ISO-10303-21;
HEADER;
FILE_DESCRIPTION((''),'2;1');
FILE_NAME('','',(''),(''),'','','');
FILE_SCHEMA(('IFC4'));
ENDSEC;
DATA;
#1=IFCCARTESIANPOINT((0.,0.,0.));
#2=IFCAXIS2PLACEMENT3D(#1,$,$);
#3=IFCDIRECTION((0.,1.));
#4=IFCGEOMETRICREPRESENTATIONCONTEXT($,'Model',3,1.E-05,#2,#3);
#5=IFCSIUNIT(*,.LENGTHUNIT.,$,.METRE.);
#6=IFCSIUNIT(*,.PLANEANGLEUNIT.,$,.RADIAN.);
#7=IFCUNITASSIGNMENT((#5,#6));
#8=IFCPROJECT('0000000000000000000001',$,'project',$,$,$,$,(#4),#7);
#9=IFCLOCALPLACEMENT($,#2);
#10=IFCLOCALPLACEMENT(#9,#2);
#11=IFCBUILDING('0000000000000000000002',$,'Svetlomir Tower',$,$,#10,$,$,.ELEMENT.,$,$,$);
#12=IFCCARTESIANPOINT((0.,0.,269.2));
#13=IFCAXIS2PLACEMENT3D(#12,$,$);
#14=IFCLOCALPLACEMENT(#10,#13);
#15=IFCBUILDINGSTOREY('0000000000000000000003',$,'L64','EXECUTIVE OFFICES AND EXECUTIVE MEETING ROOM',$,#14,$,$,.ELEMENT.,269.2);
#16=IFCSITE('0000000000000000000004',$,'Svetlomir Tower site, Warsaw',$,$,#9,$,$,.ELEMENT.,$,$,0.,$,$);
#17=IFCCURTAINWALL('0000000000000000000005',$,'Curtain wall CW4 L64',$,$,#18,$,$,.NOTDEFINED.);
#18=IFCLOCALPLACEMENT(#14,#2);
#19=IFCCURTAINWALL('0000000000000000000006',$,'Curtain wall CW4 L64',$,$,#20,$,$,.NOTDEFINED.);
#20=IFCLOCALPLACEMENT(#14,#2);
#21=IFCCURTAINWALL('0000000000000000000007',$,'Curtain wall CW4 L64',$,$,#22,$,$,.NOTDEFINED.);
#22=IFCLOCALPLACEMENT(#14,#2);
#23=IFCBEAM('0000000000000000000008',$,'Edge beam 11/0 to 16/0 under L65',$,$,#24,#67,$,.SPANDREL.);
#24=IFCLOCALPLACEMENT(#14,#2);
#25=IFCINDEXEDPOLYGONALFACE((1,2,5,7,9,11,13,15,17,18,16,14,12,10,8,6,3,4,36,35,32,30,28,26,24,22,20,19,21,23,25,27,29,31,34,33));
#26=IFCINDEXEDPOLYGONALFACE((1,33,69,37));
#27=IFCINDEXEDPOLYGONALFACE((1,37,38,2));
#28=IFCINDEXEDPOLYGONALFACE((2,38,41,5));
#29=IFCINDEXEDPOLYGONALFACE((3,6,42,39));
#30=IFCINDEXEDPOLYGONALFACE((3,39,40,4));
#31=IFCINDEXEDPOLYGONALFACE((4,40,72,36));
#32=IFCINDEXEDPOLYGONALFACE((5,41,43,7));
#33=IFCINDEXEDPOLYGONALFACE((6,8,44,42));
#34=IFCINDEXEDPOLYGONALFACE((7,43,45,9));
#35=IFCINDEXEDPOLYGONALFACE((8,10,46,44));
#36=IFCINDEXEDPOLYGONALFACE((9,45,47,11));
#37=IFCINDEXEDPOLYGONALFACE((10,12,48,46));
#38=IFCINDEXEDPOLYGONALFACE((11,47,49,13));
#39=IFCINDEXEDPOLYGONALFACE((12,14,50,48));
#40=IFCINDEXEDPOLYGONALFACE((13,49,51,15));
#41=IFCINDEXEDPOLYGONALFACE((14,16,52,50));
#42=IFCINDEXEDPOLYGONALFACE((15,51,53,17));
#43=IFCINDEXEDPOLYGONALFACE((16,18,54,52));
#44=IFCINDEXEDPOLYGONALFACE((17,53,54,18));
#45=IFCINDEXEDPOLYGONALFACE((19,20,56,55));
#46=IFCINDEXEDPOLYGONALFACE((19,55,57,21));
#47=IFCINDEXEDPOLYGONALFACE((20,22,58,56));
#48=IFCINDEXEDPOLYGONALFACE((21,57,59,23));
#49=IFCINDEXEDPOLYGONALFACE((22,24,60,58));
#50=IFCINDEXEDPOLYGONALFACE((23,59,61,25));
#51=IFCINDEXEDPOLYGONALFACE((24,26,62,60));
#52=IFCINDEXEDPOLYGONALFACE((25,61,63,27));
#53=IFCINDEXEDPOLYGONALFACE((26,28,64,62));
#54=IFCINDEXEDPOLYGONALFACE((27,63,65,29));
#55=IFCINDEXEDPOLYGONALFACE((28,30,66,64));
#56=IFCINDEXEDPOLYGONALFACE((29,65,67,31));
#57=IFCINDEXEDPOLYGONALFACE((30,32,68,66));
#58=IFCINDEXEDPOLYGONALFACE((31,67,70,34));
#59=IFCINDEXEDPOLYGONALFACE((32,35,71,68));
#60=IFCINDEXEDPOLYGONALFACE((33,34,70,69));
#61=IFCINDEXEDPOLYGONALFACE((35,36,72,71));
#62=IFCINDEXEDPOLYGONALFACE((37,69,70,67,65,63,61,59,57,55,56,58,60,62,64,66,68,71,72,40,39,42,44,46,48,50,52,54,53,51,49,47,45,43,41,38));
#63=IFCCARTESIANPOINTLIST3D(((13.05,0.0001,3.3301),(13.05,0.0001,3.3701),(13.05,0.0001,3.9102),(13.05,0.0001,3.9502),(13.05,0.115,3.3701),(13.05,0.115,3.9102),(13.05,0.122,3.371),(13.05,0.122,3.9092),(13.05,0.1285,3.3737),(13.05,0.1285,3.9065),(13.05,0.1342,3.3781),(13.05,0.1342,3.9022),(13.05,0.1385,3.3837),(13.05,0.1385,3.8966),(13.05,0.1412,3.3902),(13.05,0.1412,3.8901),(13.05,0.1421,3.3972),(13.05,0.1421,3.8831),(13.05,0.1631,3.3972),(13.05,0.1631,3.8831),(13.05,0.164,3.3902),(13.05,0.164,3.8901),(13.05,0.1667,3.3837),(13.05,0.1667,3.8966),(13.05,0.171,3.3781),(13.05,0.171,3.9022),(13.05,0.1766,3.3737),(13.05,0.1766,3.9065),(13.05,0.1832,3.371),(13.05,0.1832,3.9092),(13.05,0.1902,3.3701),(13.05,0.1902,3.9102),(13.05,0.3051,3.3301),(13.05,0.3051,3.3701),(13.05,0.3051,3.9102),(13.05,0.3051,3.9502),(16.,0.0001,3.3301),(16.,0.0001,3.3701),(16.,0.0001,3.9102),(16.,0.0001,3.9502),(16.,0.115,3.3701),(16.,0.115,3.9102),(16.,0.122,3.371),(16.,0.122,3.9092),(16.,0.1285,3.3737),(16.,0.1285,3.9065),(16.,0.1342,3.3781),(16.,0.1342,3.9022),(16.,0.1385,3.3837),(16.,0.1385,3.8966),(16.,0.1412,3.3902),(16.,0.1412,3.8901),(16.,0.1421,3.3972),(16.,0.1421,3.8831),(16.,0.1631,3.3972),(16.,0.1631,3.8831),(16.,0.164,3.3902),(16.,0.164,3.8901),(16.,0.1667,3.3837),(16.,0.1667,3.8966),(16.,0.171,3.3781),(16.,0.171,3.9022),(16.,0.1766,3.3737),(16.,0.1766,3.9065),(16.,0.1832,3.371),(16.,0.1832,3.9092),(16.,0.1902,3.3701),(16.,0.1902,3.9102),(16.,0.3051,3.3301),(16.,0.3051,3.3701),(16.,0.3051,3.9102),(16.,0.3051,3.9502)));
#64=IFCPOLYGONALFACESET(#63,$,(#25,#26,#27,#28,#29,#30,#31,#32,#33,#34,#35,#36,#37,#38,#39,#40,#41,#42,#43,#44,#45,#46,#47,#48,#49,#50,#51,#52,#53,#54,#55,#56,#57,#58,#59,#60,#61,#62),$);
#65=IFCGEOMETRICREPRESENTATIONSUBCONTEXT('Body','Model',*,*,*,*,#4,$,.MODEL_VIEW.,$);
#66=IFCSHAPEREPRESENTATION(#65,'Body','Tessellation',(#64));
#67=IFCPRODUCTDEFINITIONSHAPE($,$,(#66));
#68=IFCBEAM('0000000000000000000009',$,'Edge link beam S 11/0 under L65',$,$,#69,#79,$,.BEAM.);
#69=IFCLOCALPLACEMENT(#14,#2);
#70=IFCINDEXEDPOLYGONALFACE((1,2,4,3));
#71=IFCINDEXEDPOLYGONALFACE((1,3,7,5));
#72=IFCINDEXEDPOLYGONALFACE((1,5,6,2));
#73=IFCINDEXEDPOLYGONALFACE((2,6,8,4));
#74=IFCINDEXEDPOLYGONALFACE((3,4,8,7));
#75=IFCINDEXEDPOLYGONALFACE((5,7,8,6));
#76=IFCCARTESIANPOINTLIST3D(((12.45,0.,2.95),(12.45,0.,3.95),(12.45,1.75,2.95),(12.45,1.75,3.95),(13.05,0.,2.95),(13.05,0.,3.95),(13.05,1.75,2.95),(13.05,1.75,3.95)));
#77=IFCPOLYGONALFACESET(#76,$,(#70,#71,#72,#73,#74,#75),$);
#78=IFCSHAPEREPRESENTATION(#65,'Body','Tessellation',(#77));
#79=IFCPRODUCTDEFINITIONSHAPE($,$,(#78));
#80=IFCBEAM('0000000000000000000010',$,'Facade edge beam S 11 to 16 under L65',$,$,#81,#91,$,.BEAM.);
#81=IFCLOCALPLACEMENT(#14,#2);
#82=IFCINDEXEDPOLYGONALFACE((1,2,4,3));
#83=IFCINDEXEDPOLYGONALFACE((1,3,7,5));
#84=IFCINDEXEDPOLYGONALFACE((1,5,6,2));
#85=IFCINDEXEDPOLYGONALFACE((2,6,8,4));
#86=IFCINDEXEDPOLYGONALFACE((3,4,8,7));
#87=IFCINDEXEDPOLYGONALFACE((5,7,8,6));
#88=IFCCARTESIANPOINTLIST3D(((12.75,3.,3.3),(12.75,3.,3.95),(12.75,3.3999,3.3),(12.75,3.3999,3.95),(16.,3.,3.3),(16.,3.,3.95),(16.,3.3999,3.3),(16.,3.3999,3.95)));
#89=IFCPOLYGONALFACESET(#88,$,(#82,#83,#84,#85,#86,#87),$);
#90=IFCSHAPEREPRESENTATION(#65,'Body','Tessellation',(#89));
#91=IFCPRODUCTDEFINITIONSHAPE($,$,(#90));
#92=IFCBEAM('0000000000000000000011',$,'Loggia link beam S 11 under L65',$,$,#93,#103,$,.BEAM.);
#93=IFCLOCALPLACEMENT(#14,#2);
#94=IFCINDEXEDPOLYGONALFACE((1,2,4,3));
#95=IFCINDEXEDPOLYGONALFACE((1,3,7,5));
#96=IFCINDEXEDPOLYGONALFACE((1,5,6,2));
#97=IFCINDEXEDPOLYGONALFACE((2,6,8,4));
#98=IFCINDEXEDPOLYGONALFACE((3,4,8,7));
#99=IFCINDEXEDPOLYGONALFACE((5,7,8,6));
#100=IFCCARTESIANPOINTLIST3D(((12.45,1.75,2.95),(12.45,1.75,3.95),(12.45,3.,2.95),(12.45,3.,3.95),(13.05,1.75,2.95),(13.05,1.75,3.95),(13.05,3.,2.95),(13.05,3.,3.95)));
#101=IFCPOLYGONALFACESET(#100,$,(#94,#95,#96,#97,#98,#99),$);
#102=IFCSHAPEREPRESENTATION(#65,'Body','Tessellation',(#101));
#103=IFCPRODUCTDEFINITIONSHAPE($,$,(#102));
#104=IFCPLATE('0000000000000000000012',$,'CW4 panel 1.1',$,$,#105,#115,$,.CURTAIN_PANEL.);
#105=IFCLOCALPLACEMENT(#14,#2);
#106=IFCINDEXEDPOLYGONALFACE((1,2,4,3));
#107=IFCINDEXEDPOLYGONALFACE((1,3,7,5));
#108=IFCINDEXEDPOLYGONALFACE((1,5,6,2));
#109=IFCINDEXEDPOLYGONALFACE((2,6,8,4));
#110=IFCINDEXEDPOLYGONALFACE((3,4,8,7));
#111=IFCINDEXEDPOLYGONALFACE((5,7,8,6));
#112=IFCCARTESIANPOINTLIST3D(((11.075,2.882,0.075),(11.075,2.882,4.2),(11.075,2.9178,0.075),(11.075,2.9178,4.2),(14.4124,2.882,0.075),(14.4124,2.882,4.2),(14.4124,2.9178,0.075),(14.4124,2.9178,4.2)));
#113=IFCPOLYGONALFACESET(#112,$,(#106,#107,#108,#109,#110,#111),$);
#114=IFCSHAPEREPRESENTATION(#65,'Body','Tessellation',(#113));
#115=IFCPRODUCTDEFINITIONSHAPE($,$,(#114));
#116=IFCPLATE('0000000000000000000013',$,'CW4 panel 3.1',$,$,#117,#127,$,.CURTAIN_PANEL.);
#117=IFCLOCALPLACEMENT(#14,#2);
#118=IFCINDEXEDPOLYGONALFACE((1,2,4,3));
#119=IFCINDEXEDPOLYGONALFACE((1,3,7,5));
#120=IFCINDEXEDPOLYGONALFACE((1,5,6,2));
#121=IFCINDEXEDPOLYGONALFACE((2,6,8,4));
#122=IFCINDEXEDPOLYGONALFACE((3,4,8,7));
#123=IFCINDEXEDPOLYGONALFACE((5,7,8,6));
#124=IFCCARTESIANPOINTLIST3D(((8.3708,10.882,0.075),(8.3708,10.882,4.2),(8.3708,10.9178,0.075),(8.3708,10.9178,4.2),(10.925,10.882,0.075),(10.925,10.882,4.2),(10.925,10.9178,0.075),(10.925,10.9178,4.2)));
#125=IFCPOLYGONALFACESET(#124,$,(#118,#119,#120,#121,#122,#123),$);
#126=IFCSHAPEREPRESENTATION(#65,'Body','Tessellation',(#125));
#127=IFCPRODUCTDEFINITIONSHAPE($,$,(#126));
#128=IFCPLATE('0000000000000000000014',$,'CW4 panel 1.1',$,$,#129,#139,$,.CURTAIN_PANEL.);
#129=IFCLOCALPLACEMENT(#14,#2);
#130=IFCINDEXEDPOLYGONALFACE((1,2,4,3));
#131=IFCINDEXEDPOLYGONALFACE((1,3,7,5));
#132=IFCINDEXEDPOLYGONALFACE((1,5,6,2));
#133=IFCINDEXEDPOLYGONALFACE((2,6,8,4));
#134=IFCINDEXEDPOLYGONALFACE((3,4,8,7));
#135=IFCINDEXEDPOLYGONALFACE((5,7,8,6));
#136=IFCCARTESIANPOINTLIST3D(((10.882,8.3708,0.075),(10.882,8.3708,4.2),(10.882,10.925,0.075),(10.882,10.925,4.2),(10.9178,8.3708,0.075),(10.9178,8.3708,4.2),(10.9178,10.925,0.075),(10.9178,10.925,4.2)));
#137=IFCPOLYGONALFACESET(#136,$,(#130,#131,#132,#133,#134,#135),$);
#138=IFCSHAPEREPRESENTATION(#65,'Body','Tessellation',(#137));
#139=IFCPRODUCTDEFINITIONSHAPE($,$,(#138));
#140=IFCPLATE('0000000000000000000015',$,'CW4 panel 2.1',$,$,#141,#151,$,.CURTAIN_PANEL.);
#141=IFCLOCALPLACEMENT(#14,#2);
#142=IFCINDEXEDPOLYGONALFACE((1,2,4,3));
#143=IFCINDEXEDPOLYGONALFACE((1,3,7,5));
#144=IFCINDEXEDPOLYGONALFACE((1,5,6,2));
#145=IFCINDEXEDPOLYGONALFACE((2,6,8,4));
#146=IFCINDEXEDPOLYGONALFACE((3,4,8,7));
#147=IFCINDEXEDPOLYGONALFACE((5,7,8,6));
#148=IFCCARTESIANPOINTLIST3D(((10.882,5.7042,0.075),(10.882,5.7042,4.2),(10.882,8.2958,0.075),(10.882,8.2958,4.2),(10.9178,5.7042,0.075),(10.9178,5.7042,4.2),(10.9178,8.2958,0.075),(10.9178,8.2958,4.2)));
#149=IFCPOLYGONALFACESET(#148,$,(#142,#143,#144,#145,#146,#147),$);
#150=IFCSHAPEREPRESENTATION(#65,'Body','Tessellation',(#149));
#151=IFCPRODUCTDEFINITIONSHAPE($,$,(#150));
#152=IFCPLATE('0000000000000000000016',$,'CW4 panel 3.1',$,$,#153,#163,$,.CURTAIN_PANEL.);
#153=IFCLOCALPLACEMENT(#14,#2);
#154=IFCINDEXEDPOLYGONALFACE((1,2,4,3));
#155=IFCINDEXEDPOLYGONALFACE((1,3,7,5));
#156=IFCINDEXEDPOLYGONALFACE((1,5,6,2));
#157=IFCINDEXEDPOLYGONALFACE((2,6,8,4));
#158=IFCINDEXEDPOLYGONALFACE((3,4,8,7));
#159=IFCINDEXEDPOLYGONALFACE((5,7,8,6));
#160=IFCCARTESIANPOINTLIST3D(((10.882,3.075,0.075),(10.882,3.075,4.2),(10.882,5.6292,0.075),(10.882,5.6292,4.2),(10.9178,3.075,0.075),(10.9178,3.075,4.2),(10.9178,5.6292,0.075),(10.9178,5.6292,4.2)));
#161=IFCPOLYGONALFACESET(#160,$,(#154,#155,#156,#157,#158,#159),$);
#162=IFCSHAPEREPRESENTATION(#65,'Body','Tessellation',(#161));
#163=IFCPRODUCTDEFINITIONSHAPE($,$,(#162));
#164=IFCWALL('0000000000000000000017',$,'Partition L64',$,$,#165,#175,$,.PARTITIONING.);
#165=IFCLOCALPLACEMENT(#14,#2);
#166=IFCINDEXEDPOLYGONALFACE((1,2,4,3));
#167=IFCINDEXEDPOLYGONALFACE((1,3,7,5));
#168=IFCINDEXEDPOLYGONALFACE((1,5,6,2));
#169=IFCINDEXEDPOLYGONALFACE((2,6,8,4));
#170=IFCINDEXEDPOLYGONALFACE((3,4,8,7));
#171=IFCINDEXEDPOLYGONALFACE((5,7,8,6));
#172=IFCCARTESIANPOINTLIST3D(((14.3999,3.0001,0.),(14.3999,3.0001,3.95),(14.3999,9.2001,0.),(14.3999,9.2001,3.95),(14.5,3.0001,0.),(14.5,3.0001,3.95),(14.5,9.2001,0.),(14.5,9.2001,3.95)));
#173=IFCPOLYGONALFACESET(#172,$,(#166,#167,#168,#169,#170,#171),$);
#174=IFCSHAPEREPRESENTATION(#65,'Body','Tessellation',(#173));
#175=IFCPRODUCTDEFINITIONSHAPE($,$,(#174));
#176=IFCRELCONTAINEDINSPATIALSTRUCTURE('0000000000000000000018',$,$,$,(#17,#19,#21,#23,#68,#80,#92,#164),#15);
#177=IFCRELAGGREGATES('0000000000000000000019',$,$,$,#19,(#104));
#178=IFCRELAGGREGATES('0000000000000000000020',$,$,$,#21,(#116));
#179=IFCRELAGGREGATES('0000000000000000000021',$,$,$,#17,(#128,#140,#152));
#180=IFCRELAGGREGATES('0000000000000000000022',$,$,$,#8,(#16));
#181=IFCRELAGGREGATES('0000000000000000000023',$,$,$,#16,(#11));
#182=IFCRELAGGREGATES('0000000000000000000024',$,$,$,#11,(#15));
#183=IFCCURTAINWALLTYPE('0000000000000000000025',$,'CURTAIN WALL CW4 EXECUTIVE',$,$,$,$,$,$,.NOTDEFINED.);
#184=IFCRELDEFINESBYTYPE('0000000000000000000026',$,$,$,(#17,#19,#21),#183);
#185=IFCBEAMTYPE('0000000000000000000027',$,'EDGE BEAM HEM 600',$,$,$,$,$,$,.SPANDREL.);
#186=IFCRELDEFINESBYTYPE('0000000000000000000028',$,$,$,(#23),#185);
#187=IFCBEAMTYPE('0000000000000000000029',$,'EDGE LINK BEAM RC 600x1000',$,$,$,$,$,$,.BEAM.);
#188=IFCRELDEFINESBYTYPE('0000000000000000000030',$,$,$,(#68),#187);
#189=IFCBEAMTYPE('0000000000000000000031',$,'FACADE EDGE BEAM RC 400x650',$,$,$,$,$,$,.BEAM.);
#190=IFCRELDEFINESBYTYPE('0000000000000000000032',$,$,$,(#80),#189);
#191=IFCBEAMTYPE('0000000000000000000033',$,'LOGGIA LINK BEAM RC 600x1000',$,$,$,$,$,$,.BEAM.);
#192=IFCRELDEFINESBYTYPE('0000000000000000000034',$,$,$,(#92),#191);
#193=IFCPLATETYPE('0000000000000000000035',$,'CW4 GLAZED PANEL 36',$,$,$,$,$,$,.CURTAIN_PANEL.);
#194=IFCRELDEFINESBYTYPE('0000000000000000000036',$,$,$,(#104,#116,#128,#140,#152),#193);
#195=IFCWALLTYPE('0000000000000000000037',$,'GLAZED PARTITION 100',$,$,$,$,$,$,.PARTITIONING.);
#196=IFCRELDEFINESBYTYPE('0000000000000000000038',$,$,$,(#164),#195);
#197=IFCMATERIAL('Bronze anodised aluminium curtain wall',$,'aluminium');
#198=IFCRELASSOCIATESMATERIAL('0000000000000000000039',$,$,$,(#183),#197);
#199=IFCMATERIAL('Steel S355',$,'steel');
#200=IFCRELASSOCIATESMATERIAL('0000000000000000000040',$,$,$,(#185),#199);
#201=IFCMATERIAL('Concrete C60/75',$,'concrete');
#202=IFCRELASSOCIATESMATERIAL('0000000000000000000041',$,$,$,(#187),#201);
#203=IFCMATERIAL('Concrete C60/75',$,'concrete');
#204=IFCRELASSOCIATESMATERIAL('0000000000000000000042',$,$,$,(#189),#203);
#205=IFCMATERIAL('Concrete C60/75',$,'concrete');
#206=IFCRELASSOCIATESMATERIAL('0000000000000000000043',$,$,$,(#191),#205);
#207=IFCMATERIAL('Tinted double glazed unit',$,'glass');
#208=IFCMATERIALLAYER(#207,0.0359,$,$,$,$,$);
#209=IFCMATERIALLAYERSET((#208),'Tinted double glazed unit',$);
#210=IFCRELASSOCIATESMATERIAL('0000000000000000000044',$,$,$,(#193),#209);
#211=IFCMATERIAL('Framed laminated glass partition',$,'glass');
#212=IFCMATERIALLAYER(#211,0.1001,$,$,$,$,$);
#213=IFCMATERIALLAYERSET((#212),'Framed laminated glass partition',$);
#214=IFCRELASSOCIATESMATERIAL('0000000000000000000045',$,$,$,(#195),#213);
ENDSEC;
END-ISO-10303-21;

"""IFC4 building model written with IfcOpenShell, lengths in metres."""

from ifc_helpers import new_model, si_unit, direction, frame, frame_2d, origin, origin_2d, place, context, subcontext, project, spatial, rectangle, i_section, extrude, material, layer, layer_set, material_profile, profile_set, type_object, element, aggregate, save


model = new_model("IFC4")

# Units and contexts
model_context = context("Model", 3, precision=1e-05, world=origin(), true_north=direction((0.0, 1.0)))
body_context = subcontext(model_context, "Body", "Model", "MODEL_VIEW")
ifc_project = project(units=[si_unit("LENGTHUNIT", "METRE"), si_unit("PLANEANGLEUNIT", "RADIAN")], contexts=[model_context])

# Site, building, storey
site_placement = place(None, origin())
site = spatial("IfcSite", under=ifc_project, at=site_placement, Name="Svetlomir Tower site, Warsaw", CompositionType="ELEMENT", RefElevation=0.0)
building_placement = place(site_placement, origin())
building = spatial("IfcBuilding", under=site, at=building_placement, Name="Svetlomir Tower", CompositionType="ELEMENT")
storey_placement = place(building_placement, frame((0.0, 0.0, 269.2)))
storey = spatial("IfcBuildingStorey", under=building, at=storey_placement, Name="L64", Description="EXECUTIVE OFFICES AND EXECUTIVE MEETING ROOM", CompositionType="ELEMENT", Elevation=269.2)

# Curtain wall
ifc_material_1 = material(Name="Bronze anodised aluminium curtain wall", Category="aluminium")
curtain_wall_type = type_object("IfcCurtainWallType", Name="CURTAIN WALL CW4 EXECUTIVE", PredefinedType="NOTDEFINED", material=ifc_material_1)
curtain_wall_1_placement = place(storey_placement, origin())
curtain_wall_1 = element("IfcCurtainWall", 1, at=curtain_wall_1_placement, inside=storey, type_object=curtain_wall_type, Name="Curtain wall CW4 L64", PredefinedType="NOTDEFINED")

# Curtain walls
curtain_wall_2_placement = place(storey_placement, origin())
curtain_wall_2 = element("IfcCurtainWall", 2, at=curtain_wall_2_placement, inside=storey, type_object=curtain_wall_type, Name="Curtain wall CW4 L64", PredefinedType="NOTDEFINED")
curtain_wall_3_placement = place(storey_placement, origin())
curtain_wall_3 = element("IfcCurtainWall", 3, at=curtain_wall_3_placement, inside=storey, type_object=curtain_wall_type, Name="Curtain wall CW4 L64", PredefinedType="NOTDEFINED")

# Beams
ifc_material_2 = material(Name="Steel S355", Category="steel")
ifc_material_profile_1 = material_profile(ifc_material_2, i_section(OverallWidth=0.3049, OverallDepth=0.6201, WebThickness=0.021, FlangeThickness=0.04, FilletRadius=0.0271, at=origin_2d()), Name="HEM 600")
ifc_profile_set_1 = profile_set([ifc_material_profile_1], Name="Steel S355")
beam_type_1 = type_object("IfcBeamType", Name="EDGE BEAM HEM 600", PredefinedType="SPANDREL", material=ifc_profile_set_1)
beam_1_placement = place(storey_placement, frame((13.05, 0.1526, 3.6401), z_axis=(1.0, 0.0, 0.0), x_axis=(0.0, 1.0, 0.0)))
element("IfcBeam", 4, at=beam_1_placement, inside=storey, type_object=beam_type_1, Name="Edge beam 11/0 to 16/0 under L65", PredefinedType="SPANDREL", context=body_context, shape_type="SweptSolid", body=[
    extrude(i_section(OverallWidth=0.3049, OverallDepth=0.6201, WebThickness=0.021, FlangeThickness=0.04, FilletRadius=0.0271, at=origin_2d()), origin(), (0.0, 0.0, 1.0), 2.95),
])
ifc_material_3 = material(Name="Concrete C60/75", Category="concrete")
ifc_material_profile_2 = material_profile(ifc_material_3, rectangle(XDim=0.6001, YDim=1.0, at=origin_2d()), Name="RC 600x1000")
ifc_profile_set_2 = profile_set([ifc_material_profile_2], Name="Concrete C60/75")
beam_type_2 = type_object("IfcBeamType", Name="EDGE LINK BEAM RC 600x1000", PredefinedType="BEAM", material=ifc_profile_set_2)
beam_2_placement = place(storey_placement, frame((12.75, 1.75, 3.45), z_axis=(0.0, -1.0, 0.0), x_axis=(1.0, 0.0, 0.0)))
element("IfcBeam", 5, at=beam_2_placement, inside=storey, type_object=beam_type_2, Name="Edge link beam S 11/0 under L65", PredefinedType="BEAM", context=body_context, shape_type="SweptSolid", body=[
    extrude(rectangle(XDim=0.6001, YDim=1.0, at=origin_2d()), origin(), (0.0, 0.0, 1.0), 1.75),
])
ifc_material_4 = material(Name="Concrete C60/75", Category="concrete")
ifc_material_profile_3 = material_profile(ifc_material_4, rectangle(XDim=0.3999, YDim=0.6499, at=origin_2d()), Name="RC 400x650")
ifc_profile_set_3 = profile_set([ifc_material_profile_3], Name="Concrete C60/75")
beam_type_3 = type_object("IfcBeamType", Name="FACADE EDGE BEAM RC 400x650", PredefinedType="BEAM", material=ifc_profile_set_3)
beam_3_placement = place(storey_placement, frame((12.75, 3.2, 3.625), z_axis=(1.0, 0.0, 0.0), x_axis=(0.0, 1.0, 0.0)))
element("IfcBeam", 6, at=beam_3_placement, inside=storey, type_object=beam_type_3, Name="Facade edge beam S 11 to 16 under L65", PredefinedType="BEAM", context=body_context, shape_type="SweptSolid", body=[
    extrude(rectangle(XDim=0.3999, YDim=0.6499, at=origin_2d()), origin(), (0.0, 0.0, 1.0), 3.25),
])
ifc_material_5 = material(Name="Concrete C60/75", Category="concrete")
ifc_material_profile_4 = material_profile(ifc_material_5, rectangle(XDim=0.6001, YDim=1.0, at=origin_2d()), Name="RC 600x1000")
ifc_profile_set_4 = profile_set([ifc_material_profile_4], Name="Concrete C60/75")
beam_type_4 = type_object("IfcBeamType", Name="LOGGIA LINK BEAM RC 600x1000", PredefinedType="BEAM", material=ifc_profile_set_4)
beam_4_placement = place(storey_placement, frame((12.75, 1.75, 3.45), z_axis=(0.0, 1.0, 0.0), x_axis=(-1.0, 0.0, 0.0)))
element("IfcBeam", 7, at=beam_4_placement, inside=storey, type_object=beam_type_4, Name="Loggia link beam S 11 under L65", PredefinedType="BEAM", context=body_context, shape_type="SweptSolid", body=[
    extrude(rectangle(XDim=0.6001, YDim=1.0, at=origin_2d()), origin(), (0.0, 0.0, 1.0), 1.25),
])

# Plates
ifc_material_6 = material(Name="Tinted double glazed unit", Category="glass")
ifc_layer_1 = layer(ifc_material_6, 0.0359)
ifc_layer_set_1 = layer_set([ifc_layer_1], Name="Tinted double glazed unit")
plate_type = type_object("IfcPlateType", Name="CW4 GLAZED PANEL 36", PredefinedType="CURTAIN_PANEL", material=ifc_layer_set_1)
plate_1_placement = place(storey_placement, frame((12.7437, 2.8999, 0.075), z_axis=(0.0, 0.0, 1.0), x_axis=(1.0, 0.0, 0.0)))
plate_1 = element("IfcPlate", 8, at=plate_1_placement, type_object=plate_type, Name="CW4 panel 1.1", PredefinedType="CURTAIN_PANEL", context=body_context, shape_type="SweptSolid", body=[
    extrude(rectangle(XDim=3.3374, YDim=0.0359, at=origin_2d()), origin(), (0.0, 0.0, 1.0), 4.125),
])
aggregate(curtain_wall_2, [plate_1])
plate_2_placement = place(storey_placement, frame((9.6479, 10.8999, 0.075), z_axis=(0.0, 0.0, 1.0), x_axis=(1.0, 0.0, 0.0)))
plate_2 = element("IfcPlate", 9, at=plate_2_placement, type_object=plate_type, Name="CW4 panel 3.1", PredefinedType="CURTAIN_PANEL", context=body_context, shape_type="SweptSolid", body=[
    extrude(rectangle(XDim=2.5542, YDim=0.0359, at=origin_2d()), origin(), (0.0, 0.0, 1.0), 4.125),
])
aggregate(curtain_wall_3, [plate_2])
plate_3_placement = place(storey_placement, frame((10.8999, 9.6479, 0.075), z_axis=(0.0, 0.0, 1.0), x_axis=(0.0, -1.0, 0.0)))
plate_3 = element("IfcPlate", 10, at=plate_3_placement, type_object=plate_type, Name="CW4 panel 1.1", PredefinedType="CURTAIN_PANEL", context=body_context, shape_type="SweptSolid", body=[
    extrude(rectangle(XDim=2.5542, YDim=0.0359, at=origin_2d()), origin(), (0.0, 0.0, 1.0), 4.125),
])
plate_4_placement = place(storey_placement, frame((10.8999, 7.0, 0.075), z_axis=(0.0, 0.0, 1.0), x_axis=(0.0, -1.0, 0.0)))
plate_4 = element("IfcPlate", 11, at=plate_4_placement, type_object=plate_type, Name="CW4 panel 2.1", PredefinedType="CURTAIN_PANEL", context=body_context, shape_type="SweptSolid", body=[
    extrude(rectangle(XDim=2.5916, YDim=0.0359, at=origin_2d()), origin(), (0.0, 0.0, 1.0), 4.125),
])
plate_5_placement = place(storey_placement, frame((10.8999, 4.3521, 0.075), z_axis=(0.0, 0.0, 1.0), x_axis=(0.0, -1.0, 0.0)))
plate_5 = element("IfcPlate", 12, at=plate_5_placement, type_object=plate_type, Name="CW4 panel 3.1", PredefinedType="CURTAIN_PANEL", context=body_context, shape_type="SweptSolid", body=[
    extrude(rectangle(XDim=2.5542, YDim=0.0359, at=origin_2d()), origin(), (0.0, 0.0, 1.0), 4.125),
])
aggregate(curtain_wall_1, [plate_3, plate_4, plate_5])

# Wall
ifc_material_7 = material(Name="Framed laminated glass partition", Category="glass")
ifc_layer_2 = layer(ifc_material_7, 0.1001)
ifc_layer_set_2 = layer_set([ifc_layer_2], Name="Framed laminated glass partition")
wall_type = type_object("IfcWallType", Name="GLAZED PARTITION 100", PredefinedType="PARTITIONING", material=ifc_layer_set_2)
wall_placement = place(storey_placement, frame((14.45, 3.0, 0.0), z_axis=(0.0, 0.0, 1.0), x_axis=(0.0, 1.0, 0.0)))
element("IfcWall", 13, at=wall_placement, inside=storey, type_object=wall_type, Name="Partition L64", PredefinedType="PARTITIONING", context=body_context, shape_type="SweptSolid", body=[
    extrude(rectangle(XDim=6.2, YDim=0.1001, at=frame_2d((3.1001, 0.0))), origin(), (0.0, 0.0, 1.0), 3.95),
])

save(model, "model.ifc")
